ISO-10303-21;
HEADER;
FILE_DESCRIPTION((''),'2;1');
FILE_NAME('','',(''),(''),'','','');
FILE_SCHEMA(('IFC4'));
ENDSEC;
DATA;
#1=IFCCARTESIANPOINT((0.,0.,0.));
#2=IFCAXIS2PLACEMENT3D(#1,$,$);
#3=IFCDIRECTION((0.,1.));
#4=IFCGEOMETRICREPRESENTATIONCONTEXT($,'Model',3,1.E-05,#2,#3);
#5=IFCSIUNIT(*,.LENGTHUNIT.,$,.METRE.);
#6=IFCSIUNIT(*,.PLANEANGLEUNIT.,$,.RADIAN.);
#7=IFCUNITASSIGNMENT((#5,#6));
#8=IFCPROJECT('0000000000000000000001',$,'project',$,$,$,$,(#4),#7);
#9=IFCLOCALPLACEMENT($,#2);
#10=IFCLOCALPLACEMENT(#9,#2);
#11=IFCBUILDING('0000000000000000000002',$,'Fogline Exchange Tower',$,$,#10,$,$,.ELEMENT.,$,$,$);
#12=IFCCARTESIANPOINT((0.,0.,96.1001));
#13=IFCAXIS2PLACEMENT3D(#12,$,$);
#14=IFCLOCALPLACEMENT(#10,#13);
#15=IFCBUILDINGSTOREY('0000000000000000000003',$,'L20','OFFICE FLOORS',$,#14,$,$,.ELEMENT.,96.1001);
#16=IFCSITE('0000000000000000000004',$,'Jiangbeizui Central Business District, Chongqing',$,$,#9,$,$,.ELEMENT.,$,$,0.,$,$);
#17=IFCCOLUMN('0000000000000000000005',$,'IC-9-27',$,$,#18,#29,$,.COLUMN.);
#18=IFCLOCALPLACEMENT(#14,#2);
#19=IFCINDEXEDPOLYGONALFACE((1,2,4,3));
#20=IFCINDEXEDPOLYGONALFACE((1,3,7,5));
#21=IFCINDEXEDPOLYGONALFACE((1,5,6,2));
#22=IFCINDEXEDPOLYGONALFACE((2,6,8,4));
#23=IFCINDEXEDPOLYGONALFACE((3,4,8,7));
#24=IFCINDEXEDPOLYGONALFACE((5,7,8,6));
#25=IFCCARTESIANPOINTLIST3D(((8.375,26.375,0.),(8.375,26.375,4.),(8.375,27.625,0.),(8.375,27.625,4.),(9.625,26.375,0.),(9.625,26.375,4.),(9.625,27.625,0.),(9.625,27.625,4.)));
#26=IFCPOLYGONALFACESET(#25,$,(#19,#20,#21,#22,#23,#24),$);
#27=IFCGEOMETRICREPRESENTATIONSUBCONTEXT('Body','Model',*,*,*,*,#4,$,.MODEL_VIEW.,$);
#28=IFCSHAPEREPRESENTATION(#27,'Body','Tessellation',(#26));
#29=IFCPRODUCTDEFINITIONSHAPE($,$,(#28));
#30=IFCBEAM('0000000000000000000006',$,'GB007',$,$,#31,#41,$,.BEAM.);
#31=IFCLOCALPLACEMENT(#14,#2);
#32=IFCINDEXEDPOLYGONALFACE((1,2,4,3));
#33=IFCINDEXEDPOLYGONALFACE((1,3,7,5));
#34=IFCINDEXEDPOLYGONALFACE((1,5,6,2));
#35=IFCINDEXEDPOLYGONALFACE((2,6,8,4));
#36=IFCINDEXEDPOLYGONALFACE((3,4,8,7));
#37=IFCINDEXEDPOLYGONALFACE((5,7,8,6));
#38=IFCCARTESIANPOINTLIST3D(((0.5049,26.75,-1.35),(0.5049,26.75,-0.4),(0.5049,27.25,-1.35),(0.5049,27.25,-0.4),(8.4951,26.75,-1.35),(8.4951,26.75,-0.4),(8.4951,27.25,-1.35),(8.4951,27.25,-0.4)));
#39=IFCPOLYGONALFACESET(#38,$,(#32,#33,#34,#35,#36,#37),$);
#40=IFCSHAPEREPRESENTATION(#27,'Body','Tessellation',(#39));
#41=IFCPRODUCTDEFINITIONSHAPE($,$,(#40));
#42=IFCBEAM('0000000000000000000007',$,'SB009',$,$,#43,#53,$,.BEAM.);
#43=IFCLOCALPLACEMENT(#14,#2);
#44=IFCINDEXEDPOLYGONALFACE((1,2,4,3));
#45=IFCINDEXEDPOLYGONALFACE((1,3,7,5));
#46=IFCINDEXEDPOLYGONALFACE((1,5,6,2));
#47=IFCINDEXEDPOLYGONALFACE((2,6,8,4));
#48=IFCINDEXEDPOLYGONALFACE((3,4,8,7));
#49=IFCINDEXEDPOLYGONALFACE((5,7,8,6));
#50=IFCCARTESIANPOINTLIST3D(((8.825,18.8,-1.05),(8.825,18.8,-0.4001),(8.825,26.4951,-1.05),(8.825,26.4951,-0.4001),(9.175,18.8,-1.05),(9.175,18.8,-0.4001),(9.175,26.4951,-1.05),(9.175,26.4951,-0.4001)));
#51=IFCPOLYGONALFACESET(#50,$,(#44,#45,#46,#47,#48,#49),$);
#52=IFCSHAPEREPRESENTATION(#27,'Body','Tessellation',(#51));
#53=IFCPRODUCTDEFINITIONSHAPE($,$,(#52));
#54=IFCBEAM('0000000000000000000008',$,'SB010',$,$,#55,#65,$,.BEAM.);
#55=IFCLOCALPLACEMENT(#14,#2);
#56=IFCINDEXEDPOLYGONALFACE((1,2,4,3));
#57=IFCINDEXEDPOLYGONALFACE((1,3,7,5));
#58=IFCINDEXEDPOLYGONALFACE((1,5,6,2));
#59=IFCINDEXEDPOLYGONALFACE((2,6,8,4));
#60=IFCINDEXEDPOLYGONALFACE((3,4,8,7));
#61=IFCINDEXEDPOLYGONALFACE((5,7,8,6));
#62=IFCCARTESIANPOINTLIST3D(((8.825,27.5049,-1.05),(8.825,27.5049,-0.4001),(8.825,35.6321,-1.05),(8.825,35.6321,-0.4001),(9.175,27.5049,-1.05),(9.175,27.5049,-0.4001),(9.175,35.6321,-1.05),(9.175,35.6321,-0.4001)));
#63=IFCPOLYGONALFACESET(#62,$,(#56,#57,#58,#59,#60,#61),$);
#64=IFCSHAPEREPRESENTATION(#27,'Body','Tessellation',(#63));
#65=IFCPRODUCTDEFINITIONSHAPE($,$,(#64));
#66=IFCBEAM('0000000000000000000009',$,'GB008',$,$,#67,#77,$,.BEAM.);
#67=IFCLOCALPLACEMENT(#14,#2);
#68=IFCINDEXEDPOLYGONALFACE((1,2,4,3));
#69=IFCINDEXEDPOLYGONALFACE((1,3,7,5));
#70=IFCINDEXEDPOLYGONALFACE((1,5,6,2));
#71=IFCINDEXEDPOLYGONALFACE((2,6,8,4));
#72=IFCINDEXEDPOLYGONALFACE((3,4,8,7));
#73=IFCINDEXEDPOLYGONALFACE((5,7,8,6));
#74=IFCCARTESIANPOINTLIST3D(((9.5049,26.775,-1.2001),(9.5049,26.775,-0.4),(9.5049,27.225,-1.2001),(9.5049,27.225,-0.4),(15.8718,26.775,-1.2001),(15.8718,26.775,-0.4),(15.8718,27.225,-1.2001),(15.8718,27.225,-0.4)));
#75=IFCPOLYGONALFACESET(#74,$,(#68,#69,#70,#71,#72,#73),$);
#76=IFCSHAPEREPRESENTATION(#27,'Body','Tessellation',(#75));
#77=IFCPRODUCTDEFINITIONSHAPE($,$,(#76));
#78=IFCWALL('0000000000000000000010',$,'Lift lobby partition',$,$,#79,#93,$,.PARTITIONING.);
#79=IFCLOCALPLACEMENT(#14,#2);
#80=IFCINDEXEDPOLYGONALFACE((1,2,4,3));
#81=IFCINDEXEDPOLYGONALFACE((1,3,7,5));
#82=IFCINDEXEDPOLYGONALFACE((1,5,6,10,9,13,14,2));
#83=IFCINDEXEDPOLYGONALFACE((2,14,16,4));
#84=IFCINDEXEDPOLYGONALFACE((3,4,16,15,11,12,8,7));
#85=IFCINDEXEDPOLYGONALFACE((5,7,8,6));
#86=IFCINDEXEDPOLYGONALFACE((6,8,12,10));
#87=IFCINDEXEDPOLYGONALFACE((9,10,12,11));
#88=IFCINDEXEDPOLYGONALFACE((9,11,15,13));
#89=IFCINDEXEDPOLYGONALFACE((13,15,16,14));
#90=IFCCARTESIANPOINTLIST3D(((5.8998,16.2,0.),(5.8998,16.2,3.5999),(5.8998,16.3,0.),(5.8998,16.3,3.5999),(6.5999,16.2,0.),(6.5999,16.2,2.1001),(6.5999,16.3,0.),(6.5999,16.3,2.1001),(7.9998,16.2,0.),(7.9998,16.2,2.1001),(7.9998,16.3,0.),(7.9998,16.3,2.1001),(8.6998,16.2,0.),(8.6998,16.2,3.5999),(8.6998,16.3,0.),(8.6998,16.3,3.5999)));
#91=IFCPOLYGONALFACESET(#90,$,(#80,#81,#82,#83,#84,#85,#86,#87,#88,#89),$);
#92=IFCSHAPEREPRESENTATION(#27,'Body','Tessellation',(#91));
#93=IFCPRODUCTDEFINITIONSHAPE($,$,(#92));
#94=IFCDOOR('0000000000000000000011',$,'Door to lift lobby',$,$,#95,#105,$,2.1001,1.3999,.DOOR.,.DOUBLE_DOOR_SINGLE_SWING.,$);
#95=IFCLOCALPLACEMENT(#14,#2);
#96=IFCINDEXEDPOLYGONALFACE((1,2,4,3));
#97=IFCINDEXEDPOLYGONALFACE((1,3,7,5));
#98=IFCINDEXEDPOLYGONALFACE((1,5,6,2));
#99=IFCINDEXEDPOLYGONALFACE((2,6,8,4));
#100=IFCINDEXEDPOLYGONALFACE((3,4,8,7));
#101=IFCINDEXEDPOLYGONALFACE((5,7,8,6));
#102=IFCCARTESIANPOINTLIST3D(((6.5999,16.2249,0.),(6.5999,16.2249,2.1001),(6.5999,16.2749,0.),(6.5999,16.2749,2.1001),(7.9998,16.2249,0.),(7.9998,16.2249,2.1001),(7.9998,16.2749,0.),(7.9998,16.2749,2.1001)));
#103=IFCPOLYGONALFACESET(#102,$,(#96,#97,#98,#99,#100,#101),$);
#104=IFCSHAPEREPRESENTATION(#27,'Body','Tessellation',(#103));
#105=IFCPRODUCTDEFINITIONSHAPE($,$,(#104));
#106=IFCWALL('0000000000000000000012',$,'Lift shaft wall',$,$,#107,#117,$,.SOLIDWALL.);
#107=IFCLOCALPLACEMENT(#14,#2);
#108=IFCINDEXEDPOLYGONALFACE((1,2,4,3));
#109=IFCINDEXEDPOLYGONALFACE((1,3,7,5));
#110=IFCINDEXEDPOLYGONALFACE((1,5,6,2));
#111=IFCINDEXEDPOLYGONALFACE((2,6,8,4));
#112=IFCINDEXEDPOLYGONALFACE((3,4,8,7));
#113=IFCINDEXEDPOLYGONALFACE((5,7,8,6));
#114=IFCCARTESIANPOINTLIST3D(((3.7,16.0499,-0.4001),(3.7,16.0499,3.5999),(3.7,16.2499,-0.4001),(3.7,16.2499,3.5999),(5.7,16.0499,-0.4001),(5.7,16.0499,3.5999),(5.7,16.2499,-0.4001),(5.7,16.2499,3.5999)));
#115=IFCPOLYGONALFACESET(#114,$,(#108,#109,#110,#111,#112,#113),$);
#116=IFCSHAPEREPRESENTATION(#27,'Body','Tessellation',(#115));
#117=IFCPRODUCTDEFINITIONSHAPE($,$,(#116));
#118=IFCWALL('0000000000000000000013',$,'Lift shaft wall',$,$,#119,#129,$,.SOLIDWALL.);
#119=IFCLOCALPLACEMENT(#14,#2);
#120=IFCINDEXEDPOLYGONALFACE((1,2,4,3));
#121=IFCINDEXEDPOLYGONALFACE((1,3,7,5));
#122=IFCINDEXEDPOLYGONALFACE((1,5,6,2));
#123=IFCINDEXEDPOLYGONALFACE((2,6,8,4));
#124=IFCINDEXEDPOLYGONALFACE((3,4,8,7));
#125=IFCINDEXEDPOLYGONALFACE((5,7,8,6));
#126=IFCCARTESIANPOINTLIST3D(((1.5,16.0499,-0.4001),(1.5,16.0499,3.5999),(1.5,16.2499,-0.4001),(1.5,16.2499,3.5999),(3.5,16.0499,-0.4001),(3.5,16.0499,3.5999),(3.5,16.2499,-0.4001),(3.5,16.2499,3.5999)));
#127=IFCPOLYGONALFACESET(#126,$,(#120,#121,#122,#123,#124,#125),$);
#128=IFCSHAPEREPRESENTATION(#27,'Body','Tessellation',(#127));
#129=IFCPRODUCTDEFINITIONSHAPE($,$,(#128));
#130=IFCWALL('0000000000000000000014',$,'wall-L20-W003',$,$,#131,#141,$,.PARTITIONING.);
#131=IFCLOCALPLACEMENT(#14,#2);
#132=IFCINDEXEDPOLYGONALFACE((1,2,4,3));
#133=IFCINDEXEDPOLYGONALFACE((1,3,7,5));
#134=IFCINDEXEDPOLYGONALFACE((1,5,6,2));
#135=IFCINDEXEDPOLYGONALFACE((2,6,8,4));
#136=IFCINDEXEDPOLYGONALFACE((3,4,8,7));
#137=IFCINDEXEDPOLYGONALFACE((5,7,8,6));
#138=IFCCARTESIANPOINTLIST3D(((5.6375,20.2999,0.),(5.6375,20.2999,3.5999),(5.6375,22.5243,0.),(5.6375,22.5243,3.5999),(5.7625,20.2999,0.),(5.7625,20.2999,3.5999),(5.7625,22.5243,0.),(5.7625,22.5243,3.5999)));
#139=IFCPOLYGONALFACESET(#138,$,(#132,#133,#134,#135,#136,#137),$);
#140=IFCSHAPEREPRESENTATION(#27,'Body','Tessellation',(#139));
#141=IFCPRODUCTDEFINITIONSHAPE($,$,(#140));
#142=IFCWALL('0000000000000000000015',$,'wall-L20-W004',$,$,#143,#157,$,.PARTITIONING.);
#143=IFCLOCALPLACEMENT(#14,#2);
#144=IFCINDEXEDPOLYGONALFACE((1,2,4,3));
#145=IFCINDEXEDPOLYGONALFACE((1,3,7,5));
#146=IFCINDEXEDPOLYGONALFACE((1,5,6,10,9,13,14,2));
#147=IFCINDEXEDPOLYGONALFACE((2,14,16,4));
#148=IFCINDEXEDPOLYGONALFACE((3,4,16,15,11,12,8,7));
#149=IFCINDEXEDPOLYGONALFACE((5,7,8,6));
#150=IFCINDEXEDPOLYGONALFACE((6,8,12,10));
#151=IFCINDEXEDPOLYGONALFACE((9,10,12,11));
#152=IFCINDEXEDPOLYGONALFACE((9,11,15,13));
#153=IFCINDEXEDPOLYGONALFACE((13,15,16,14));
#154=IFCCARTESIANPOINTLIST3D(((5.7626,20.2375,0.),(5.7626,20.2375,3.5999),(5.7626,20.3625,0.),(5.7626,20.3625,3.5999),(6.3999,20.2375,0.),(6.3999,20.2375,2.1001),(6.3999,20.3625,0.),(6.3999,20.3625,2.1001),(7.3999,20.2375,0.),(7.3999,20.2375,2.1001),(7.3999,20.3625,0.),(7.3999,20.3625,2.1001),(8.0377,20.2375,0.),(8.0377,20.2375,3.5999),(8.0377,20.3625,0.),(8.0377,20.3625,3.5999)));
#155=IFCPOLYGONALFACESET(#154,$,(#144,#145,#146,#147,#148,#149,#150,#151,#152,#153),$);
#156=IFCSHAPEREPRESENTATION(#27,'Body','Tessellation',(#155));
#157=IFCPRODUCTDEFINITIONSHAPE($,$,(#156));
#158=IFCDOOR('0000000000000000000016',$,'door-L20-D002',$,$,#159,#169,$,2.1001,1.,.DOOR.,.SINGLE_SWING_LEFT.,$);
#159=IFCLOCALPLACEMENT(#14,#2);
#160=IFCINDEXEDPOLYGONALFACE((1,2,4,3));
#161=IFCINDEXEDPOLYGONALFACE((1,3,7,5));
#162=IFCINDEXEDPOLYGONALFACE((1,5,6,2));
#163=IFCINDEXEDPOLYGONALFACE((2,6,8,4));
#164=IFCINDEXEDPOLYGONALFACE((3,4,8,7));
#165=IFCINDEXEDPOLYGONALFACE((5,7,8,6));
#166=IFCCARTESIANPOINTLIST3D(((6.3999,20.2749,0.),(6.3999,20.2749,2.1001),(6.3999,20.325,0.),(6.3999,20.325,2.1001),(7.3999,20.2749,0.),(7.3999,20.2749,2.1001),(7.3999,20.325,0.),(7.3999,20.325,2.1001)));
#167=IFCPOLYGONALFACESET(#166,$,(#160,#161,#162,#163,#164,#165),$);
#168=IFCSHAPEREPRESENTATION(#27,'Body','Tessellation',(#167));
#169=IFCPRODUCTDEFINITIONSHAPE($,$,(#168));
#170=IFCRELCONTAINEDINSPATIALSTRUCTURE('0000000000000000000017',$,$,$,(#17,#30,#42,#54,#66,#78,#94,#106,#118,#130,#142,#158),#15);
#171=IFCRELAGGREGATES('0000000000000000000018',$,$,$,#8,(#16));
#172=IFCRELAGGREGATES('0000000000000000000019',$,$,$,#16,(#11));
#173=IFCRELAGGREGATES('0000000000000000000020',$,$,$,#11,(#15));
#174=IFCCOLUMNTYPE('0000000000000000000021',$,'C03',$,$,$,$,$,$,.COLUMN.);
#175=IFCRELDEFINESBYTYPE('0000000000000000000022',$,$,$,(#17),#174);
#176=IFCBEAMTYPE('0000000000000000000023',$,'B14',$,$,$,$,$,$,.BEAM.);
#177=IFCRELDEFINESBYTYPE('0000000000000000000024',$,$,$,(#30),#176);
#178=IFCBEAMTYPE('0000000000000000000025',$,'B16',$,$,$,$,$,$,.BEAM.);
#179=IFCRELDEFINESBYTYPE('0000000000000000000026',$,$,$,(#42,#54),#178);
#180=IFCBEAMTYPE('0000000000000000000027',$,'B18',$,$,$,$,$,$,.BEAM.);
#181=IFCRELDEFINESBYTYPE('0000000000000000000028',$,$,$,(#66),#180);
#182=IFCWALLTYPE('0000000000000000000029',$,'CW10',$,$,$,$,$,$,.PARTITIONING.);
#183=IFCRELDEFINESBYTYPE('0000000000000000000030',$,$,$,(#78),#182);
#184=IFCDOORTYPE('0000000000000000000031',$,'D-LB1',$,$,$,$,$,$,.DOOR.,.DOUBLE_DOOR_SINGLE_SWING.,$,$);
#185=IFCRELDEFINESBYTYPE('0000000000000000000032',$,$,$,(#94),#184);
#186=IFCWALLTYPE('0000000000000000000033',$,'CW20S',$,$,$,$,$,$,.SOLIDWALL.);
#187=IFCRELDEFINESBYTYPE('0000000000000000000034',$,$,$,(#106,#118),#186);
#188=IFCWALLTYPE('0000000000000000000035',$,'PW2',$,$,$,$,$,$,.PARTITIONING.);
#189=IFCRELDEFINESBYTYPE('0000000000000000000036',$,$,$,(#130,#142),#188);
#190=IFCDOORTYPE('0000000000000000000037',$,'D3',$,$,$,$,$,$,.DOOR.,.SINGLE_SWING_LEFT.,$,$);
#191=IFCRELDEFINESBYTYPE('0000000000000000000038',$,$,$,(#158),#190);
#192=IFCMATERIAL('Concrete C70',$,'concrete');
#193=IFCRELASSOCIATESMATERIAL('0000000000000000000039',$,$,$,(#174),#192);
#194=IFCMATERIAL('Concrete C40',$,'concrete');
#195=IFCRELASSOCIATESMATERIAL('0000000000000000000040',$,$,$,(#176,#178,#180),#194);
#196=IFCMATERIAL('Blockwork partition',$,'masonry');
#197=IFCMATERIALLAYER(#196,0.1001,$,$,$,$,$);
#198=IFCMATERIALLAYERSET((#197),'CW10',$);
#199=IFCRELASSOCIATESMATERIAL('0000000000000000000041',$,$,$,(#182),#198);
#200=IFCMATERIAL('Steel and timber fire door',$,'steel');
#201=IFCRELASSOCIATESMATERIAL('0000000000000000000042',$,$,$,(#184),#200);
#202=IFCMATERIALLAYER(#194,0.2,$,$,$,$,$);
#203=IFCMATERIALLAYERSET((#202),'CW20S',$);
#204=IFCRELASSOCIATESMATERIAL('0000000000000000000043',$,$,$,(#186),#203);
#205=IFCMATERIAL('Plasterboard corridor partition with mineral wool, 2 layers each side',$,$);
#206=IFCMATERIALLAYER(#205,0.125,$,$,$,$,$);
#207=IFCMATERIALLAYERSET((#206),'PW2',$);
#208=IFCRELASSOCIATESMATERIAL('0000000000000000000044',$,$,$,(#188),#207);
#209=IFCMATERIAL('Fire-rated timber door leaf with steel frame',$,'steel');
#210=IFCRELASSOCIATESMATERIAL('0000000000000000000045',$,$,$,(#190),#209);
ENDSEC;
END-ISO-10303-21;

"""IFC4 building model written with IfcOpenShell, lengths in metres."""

from ifc_helpers import new_model, si_unit, direction, frame, frame_2d, origin, origin_2d, place, context, subcontext, project, spatial, rectangle, extrude, material, layer, layer_set, material_profile, profile_set, type_object, element, fill, save


model = new_model("IFC4")

# Units and contexts
model_context = context("Model", 3, precision=1e-05, world=origin(), true_north=direction((0.0, 1.0)))
body_context = subcontext(model_context, "Body", "Model", "MODEL_VIEW")
ifc_project = project(units=[si_unit("LENGTHUNIT", "METRE"), si_unit("PLANEANGLEUNIT", "RADIAN")], contexts=[model_context])

# Site, building, storey
site_placement = place(None, origin())
site = spatial("IfcSite", under=ifc_project, at=site_placement, Name="Jiangbeizui Central Business District, Chongqing", CompositionType="ELEMENT", RefElevation=0.0)
building_placement = place(site_placement, origin())
building = spatial("IfcBuilding", under=site, at=building_placement, Name="Fogline Exchange Tower", CompositionType="ELEMENT")
storey_placement = place(building_placement, frame((0.0, 0.0, 96.1001)))
storey = spatial("IfcBuildingStorey", under=building, at=storey_placement, Name="L20", Description="OFFICE FLOORS", CompositionType="ELEMENT", Elevation=96.1001)

# Column
ifc_material_1 = material(Name="Concrete C70", Category="concrete")
ifc_material_profile_1 = material_profile(ifc_material_1, rectangle(XDim=1.25, YDim=1.25, at=origin_2d()), Name="RC 1250x1250")
ifc_profile_set_1 = profile_set([ifc_material_profile_1], Name="Concrete C70")
column_type = type_object("IfcColumnType", Name="C03", PredefinedType="COLUMN", material=ifc_profile_set_1)
column_placement = place(storey_placement, frame((9.0, 27.0, 0.0), z_axis=(0.0, 0.0, 1.0), x_axis=(1.0, 0.0, 0.0)))
element("IfcColumn", 1, at=column_placement, inside=storey, type_object=column_type, Name="IC-9-27", PredefinedType="COLUMN", context=body_context, shape_type="SweptSolid", body=[
    extrude(rectangle(XDim=1.25, YDim=1.25, at=origin_2d()), origin(), (0.0, 0.0, 1.0), 4.0),
])

# Beams
ifc_material_2 = material(Name="Concrete C40", Category="concrete")
ifc_material_profile_2 = material_profile(ifc_material_2, rectangle(XDim=0.5, YDim=0.95, at=origin_2d()), Name="RC 500x950")
ifc_profile_set_2 = profile_set([ifc_material_profile_2], Name="Concrete C40")
beam_type_1 = type_object("IfcBeamType", Name="B14", PredefinedType="BEAM", material=ifc_profile_set_2)
beam_1_placement = place(storey_placement, frame((0.5049, 27.0, -0.875), z_axis=(1.0, 0.0, 0.0), x_axis=(0.0, 1.0, 0.0)))
element("IfcBeam", 2, at=beam_1_placement, inside=storey, type_object=beam_type_1, Name="GB007", PredefinedType="BEAM", context=body_context, shape_type="SweptSolid", body=[
    extrude(rectangle(XDim=0.5, YDim=0.95, at=origin_2d()), origin(), (0.0, 0.0, 1.0), 7.9902),
])
ifc_material_profile_3 = material_profile(ifc_material_2, rectangle(XDim=0.3501, YDim=0.6499, at=origin_2d()), Name="RC 350x650")
ifc_profile_set_3 = profile_set([ifc_material_profile_3], Name="Concrete C40")
beam_type_2 = type_object("IfcBeamType", Name="B16", PredefinedType="BEAM", material=ifc_profile_set_3)
beam_2_placement = place(storey_placement, frame((9.0, 18.8, -0.7251), z_axis=(0.0, 1.0, 0.0), x_axis=(-1.0, 0.0, 0.0)))
element("IfcBeam", 3, at=beam_2_placement, inside=storey, type_object=beam_type_2, Name="SB009", PredefinedType="BEAM", context=body_context, shape_type="SweptSolid", body=[
    extrude(rectangle(XDim=0.3501, YDim=0.6499, at=origin_2d()), origin(), (0.0, 0.0, 1.0), 7.6951),
])
beam_3_placement = place(storey_placement, frame((9.0, 27.5049, -0.7251), z_axis=(0.0, 1.0, 0.0), x_axis=(-1.0, 0.0, 0.0)))
element("IfcBeam", 4, at=beam_3_placement, inside=storey, type_object=beam_type_2, Name="SB010", PredefinedType="BEAM", context=body_context, shape_type="SweptSolid", body=[
    extrude(rectangle(XDim=0.3501, YDim=0.6499, at=origin_2d()), origin(), (0.0, 0.0, 1.0), 8.1272),
])
ifc_material_profile_4 = material_profile(ifc_material_2, rectangle(XDim=0.45, YDim=0.8, at=origin_2d()), Name="RC 450x800")
ifc_profile_set_4 = profile_set([ifc_material_profile_4], Name="Concrete C40")
beam_type_3 = type_object("IfcBeamType", Name="B18", PredefinedType="BEAM", material=ifc_profile_set_4)
beam_4_placement = place(storey_placement, frame((9.5049, 27.0, -0.8), z_axis=(1.0, 0.0, 0.0), x_axis=(0.0, 1.0, 0.0)))
element("IfcBeam", 5, at=beam_4_placement, inside=storey, type_object=beam_type_3, Name="GB008", PredefinedType="BEAM", context=body_context, shape_type="SweptSolid", body=[
    extrude(rectangle(XDim=0.45, YDim=0.8, at=origin_2d()), origin(), (0.0, 0.0, 1.0), 6.3669),
])

# Wall, opening, door
ifc_material_3 = material(Name="Blockwork partition", Category="masonry")
ifc_layer_1 = layer(ifc_material_3, 0.1001)
ifc_layer_set_1 = layer_set([ifc_layer_1], Name="CW10")
wall_type_1 = type_object("IfcWallType", Name="CW10", PredefinedType="PARTITIONING", material=ifc_layer_set_1)
wall_1_placement = place(storey_placement, frame((5.8999, 16.25, 0.0), z_axis=(0.0, 0.0, 1.0), x_axis=(1.0, 0.0, 0.0)))
wall_1 = element("IfcWall", 6, at=wall_1_placement, inside=storey, type_object=wall_type_1, Name="Lift lobby partition", PredefinedType="PARTITIONING", context=body_context, shape_type="SweptSolid", body=[
    extrude(rectangle(XDim=2.8, YDim=0.1001, at=frame_2d((1.3999, 0.0))), origin(), (0.0, 0.0, 1.0), 3.5999),
])
opening_1_placement = place(wall_1_placement, frame((0.7, 0.0, 0.0)))
opening_1 = element("IfcOpeningElement", 7, at=opening_1_placement, cuts=wall_1, PredefinedType="OPENING", context=body_context, shape_type="SweptSolid", body=[
    extrude(rectangle(XDim=1.3999, YDim=2.1001, at=frame_2d((0.7, 1.05))), frame((0.0, 0.0601, 0.0), z_axis=(0.0, -1.0, 0.0), x_axis=(1.0, 0.0, 0.0)), (0.0, 0.0, 1.0), 0.1201),
])
ifc_material_4 = material(Name="Steel and timber fire door", Category="steel")
door_type_1 = type_object("IfcDoorType", Name="D-LB1", OperationType="DOUBLE_DOOR_SINGLE_SWING", PredefinedType="DOOR", material=ifc_material_4)
door_1_placement = place(opening_1_placement, origin())
door_1 = element("IfcDoor", 8, at=door_1_placement, inside=storey, type_object=door_type_1, Name="Door to lift lobby", OperationType="DOUBLE_DOOR_SINGLE_SWING", OverallHeight=2.1001, OverallWidth=1.3999, PredefinedType="DOOR", context=body_context, shape_type="SweptSolid", body=[
    extrude(rectangle(XDim=1.3999, YDim=2.1001, at=frame_2d((0.7, 1.05))), frame((0.0, 0.0249, 0.0), z_axis=(0.0, -1.0, 0.0), x_axis=(1.0, 0.0, 0.0)), (0.0, 0.0, 1.0), 0.05),
])
fill(opening_1, door_1)

# Walls
ifc_layer_2 = layer(ifc_material_2, 0.2)
ifc_layer_set_2 = layer_set([ifc_layer_2], Name="CW20S")
wall_type_2 = type_object("IfcWallType", Name="CW20S", PredefinedType="SOLIDWALL", material=ifc_layer_set_2)
for number, where, z_axis, x_axis, name in (
    (9, (3.7, 16.1499, -0.4001), (0.0, 0.0, 1.0), (1.0, 0.0, 0.0), "Lift shaft wall"),
    (10, (1.5, 16.1499, -0.4001), (0.0, 0.0, 1.0), (1.0, 0.0, 0.0), "Lift shaft wall"),
):
    element("IfcWall", number, at=place(storey_placement, frame(where, z_axis=z_axis, x_axis=x_axis)), inside=storey, type_object=wall_type_2, Name=name, PredefinedType="SOLIDWALL", context=body_context, shape_type="SweptSolid", body=[
        extrude(rectangle(XDim=2.0, YDim=0.2, at=frame_2d((1.0, 0.0))), origin(), (0.0, 0.0, 1.0), 4.0),
    ])
ifc_material_5 = material(Name="Plasterboard corridor partition with mineral wool, 2 layers each side")
ifc_layer_3 = layer(ifc_material_5, 0.125)
ifc_layer_set_3 = layer_set([ifc_layer_3], Name="PW2")
wall_type_3 = type_object("IfcWallType", Name="PW2", PredefinedType="PARTITIONING", material=ifc_layer_set_3)
wall_2_placement = place(storey_placement, frame((5.7, 22.5244, 0.0), z_axis=(0.0, 0.0, 1.0), x_axis=(0.0, -1.0, 0.0)))
element("IfcWall", 11, at=wall_2_placement, inside=storey, type_object=wall_type_3, Name="wall-L20-W003", PredefinedType="PARTITIONING", context=body_context, shape_type="SweptSolid", body=[
    extrude(rectangle(XDim=2.2244, YDim=0.125, at=frame_2d((1.1123, 0.0))), origin(), (0.0, 0.0, 1.0), 3.5999),
])

# Wall, opening, door
wall_3_placement = place(storey_placement, frame((5.7625, 20.3, 0.0), z_axis=(0.0, 0.0, 1.0), x_axis=(1.0, 0.0, 0.0)))
wall_3 = element("IfcWall", 12, at=wall_3_placement, inside=storey, type_object=wall_type_3, Name="wall-L20-W004", PredefinedType="PARTITIONING", context=body_context, shape_type="SweptSolid", body=[
    extrude(rectangle(XDim=2.2751, YDim=0.125, at=frame_2d((1.1377, 0.0))), origin(), (0.0, 0.0, 1.0), 3.5999),
])
opening_2_placement = place(wall_3_placement, frame((0.6375, 0.0, 0.0)))
opening_2 = element("IfcOpeningElement", 13, at=opening_2_placement, cuts=wall_3, PredefinedType="OPENING", context=body_context, shape_type="SweptSolid", body=[
    extrude(rectangle(XDim=1.0, YDim=2.1001, at=frame_2d((0.5, 1.05))), frame((0.0, 0.0725, 0.0), z_axis=(0.0, -1.0, 0.0), x_axis=(1.0, 0.0, 0.0)), (0.0, 0.0, 1.0), 0.145),
])
ifc_material_6 = material(Name="Fire-rated timber door leaf with steel frame", Category="steel")
door_type_2 = type_object("IfcDoorType", Name="D3", OperationType="SINGLE_SWING_LEFT", PredefinedType="DOOR", material=ifc_material_6)
door_2_placement = place(opening_2_placement, origin())
door_2 = element("IfcDoor", 14, at=door_2_placement, inside=storey, type_object=door_type_2, Name="door-L20-D002", OperationType="SINGLE_SWING_LEFT", OverallHeight=2.1001, OverallWidth=1.0, PredefinedType="DOOR", context=body_context, shape_type="SweptSolid", body=[
    extrude(rectangle(XDim=1.0, YDim=2.1001, at=frame_2d((0.5, 1.05))), frame((0.0, 0.0249, 0.0), z_axis=(0.0, -1.0, 0.0), x_axis=(1.0, 0.0, 0.0)), (0.0, 0.0, 1.0), 0.05),
])
fill(opening_2, door_2)

save(model, "model.ifc")
